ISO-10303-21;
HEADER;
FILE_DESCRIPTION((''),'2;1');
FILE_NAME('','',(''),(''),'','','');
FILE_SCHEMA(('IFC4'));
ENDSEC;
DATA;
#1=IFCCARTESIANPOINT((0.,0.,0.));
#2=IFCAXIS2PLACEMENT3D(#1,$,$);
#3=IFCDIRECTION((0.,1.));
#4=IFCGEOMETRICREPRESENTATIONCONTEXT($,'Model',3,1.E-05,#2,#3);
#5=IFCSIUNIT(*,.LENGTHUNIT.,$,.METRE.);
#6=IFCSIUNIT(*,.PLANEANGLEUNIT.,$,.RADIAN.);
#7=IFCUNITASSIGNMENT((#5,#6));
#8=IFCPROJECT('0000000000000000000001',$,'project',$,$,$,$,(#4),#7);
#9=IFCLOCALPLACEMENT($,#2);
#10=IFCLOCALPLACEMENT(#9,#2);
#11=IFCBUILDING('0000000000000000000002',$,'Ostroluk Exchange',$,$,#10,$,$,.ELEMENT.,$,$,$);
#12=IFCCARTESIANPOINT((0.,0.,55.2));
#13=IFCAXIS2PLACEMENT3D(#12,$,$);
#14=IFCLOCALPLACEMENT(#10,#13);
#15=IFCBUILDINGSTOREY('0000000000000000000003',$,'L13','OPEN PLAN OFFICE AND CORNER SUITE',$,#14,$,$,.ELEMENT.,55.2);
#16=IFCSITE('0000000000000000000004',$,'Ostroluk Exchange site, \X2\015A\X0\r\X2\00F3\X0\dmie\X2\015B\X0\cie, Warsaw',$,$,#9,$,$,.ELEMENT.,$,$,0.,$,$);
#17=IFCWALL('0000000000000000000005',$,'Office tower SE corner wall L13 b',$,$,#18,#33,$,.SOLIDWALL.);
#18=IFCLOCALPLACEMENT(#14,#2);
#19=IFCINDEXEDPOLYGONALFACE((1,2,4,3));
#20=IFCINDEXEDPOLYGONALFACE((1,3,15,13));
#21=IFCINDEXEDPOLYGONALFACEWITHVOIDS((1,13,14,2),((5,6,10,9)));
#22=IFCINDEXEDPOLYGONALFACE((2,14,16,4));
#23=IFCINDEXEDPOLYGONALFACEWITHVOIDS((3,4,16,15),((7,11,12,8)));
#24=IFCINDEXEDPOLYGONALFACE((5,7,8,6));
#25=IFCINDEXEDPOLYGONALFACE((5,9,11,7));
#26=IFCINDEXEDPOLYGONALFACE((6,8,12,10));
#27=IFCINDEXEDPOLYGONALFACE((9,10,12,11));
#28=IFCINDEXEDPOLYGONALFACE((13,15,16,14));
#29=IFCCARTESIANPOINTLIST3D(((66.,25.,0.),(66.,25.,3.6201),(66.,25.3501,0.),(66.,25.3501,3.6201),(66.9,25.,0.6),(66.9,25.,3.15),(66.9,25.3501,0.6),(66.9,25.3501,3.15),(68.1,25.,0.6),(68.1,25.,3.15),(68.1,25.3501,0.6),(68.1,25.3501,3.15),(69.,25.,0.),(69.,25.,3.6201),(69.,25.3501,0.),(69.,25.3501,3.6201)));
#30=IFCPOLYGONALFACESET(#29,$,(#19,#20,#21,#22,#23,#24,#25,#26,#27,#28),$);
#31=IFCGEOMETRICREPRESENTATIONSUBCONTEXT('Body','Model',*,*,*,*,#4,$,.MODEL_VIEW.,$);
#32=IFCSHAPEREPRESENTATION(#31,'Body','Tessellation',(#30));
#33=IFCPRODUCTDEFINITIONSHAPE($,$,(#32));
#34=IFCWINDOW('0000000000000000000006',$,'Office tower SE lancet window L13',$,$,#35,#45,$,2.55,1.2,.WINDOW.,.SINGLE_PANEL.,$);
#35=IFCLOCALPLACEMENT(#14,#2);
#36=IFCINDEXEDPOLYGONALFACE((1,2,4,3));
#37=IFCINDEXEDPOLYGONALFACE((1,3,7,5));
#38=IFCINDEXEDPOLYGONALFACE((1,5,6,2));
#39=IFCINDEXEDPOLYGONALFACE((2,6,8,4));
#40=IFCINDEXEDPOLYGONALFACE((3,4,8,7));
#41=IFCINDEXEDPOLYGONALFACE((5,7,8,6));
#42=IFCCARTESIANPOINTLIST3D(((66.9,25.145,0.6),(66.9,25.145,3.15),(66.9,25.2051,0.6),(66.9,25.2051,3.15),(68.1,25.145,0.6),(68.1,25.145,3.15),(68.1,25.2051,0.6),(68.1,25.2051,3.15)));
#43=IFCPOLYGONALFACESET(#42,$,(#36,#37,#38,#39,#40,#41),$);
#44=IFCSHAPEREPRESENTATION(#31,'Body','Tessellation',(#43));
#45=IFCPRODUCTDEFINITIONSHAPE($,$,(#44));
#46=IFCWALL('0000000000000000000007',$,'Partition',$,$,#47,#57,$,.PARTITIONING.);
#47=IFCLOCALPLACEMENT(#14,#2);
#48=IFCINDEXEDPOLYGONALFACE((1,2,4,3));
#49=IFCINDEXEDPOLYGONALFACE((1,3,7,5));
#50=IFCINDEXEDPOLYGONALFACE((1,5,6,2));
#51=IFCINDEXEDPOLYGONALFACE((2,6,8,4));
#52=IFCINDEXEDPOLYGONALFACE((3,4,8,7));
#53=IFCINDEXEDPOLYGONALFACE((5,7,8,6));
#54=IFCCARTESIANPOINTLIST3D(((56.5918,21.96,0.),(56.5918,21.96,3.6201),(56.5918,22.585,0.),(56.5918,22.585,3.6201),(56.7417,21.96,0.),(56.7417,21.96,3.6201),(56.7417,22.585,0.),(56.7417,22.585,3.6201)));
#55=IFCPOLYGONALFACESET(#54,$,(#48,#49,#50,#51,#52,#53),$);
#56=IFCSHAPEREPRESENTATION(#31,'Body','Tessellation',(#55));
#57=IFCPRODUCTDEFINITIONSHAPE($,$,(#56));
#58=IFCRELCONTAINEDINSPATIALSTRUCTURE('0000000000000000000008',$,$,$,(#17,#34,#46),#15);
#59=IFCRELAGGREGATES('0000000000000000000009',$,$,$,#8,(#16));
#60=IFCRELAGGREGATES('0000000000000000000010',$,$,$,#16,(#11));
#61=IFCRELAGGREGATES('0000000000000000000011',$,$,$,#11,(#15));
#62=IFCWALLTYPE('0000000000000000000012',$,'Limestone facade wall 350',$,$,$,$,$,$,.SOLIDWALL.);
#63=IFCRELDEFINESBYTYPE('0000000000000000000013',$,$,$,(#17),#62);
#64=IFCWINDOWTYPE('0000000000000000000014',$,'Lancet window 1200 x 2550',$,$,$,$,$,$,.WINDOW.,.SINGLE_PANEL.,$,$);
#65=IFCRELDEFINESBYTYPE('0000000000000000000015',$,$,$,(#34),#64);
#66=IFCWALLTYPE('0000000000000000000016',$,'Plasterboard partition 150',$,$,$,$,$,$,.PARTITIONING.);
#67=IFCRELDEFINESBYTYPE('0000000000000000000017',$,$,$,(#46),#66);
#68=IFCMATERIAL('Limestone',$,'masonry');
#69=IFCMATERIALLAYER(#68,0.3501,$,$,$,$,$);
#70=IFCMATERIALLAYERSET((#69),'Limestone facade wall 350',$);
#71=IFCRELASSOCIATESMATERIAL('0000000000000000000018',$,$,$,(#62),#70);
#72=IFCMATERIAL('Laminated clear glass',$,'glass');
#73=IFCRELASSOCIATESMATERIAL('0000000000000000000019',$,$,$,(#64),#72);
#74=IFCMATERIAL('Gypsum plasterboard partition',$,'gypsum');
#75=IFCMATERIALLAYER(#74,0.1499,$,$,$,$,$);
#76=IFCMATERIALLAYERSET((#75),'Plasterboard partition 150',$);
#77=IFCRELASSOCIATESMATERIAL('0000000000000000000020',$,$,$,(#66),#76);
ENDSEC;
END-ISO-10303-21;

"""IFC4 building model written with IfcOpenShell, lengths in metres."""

from ifc_helpers import new_model, si_unit, direction, frame, frame_2d, origin, place, context, subcontext, project, spatial, rectangle, extrude, material, layer, layer_set, type_object, element, fill, save


model = new_model("IFC4")

# Units and contexts
model_context = context("Model", 3, precision=1e-05, world=origin(), true_north=direction((0.0, 1.0)))
body_context = subcontext(model_context, "Body", "Model", "MODEL_VIEW")
ifc_project = project(units=[si_unit("LENGTHUNIT", "METRE"), si_unit("PLANEANGLEUNIT", "RADIAN")], contexts=[model_context])

# Site, building, storey
site_placement = place(None, origin())
site = spatial("IfcSite", under=ifc_project, at=site_placement, Name="Ostroluk Exchange site, Śródmieście, Warsaw", CompositionType="ELEMENT", RefElevation=0.0)
building_placement = place(site_placement, origin())
building = spatial("IfcBuilding", under=site, at=building_placement, Name="Ostroluk Exchange", CompositionType="ELEMENT")
storey_placement = place(building_placement, frame((0.0, 0.0, 55.2)))
storey = spatial("IfcBuildingStorey", under=building, at=storey_placement, Name="L13", Description="OPEN PLAN OFFICE AND CORNER SUITE", CompositionType="ELEMENT", Elevation=55.2)

# Shared definitions
ifc_material_1 = material(Name="Limestone", Category="masonry")
ifc_layer_1 = layer(ifc_material_1, 0.3501)
ifc_layer_set_1 = layer_set([ifc_layer_1], Name="Limestone facade wall 350")
wall_type_1 = type_object("IfcWallType", Name="Limestone facade wall 350", PredefinedType="SOLIDWALL", material=ifc_layer_set_1)

# Wall, opening, window
wall_1_placement = place(storey_placement, frame((66.0, 25.175, 0.0), z_axis=(0.0, 0.0, 1.0), x_axis=(1.0, 0.0, 0.0)))
wall_1 = element("IfcWall", 1, at=wall_1_placement, inside=storey, type_object=wall_type_1, Name="Office tower SE corner wall L13 b", PredefinedType="SOLIDWALL", context=body_context, shape_type="SweptSolid", body=[
    extrude(rectangle(XDim=3.0, YDim=0.3501, at=frame_2d((1.5, 0.0))), origin(), (0.0, 0.0, 1.0), 3.6201),
])
opening_1_placement = place(wall_1_placement, frame((0.8999, 0.0, 0.6001)))
opening_1 = element("IfcOpeningElement", 2, at=opening_1_placement, cuts=wall_1, PredefinedType="OPENING", context=body_context, shape_type="SweptSolid", body=[
    extrude(rectangle(XDim=1.2, YDim=2.55, at=frame_2d((0.6001, 1.2749))), frame((0.0, 0.1851, 0.0), z_axis=(0.0, -1.0, 0.0), x_axis=(1.0, 0.0, 0.0)), (0.0, 0.0, 1.0), 0.3701),
])
ifc_material_2 = material(Name="Laminated clear glass", Category="glass")
window_type = type_object("IfcWindowType", Name="Lancet window 1200 x 2550", PartitioningType="SINGLE_PANEL", PredefinedType="WINDOW", material=ifc_material_2)
window_placement = place(opening_1_placement, origin())
window = element("IfcWindow", 3, at=window_placement, inside=storey, type_object=window_type, Name="Office tower SE lancet window L13", OverallHeight=2.55, OverallWidth=1.2, PartitioningType="SINGLE_PANEL", PredefinedType="WINDOW", context=body_context, shape_type="SweptSolid", body=[
    extrude(rectangle(XDim=1.2, YDim=2.55, at=frame_2d((0.6001, 1.2749))), frame((0.0, 0.03, 0.0), z_axis=(0.0, -1.0, 0.0), x_axis=(1.0, 0.0, 0.0)), (0.0, 0.0, 1.0), 0.0601),
])
fill(opening_1, window)

# Wall
ifc_material_3 = material(Name="Gypsum plasterboard partition", Category="gypsum")
ifc_layer_2 = layer(ifc_material_3, 0.1499)
ifc_layer_set_2 = layer_set([ifc_layer_2], Name="Plasterboard partition 150")
wall_type_2 = type_object("IfcWallType", Name="Plasterboard partition 150", PredefinedType="PARTITIONING", material=ifc_layer_set_2)
wall_2_placement = place(storey_placement, frame((56.6667, 22.585, 0.0), z_axis=(0.0, 0.0, 1.0), x_axis=(0.0, -1.0, 0.0)))
element("IfcWall", 4, at=wall_2_placement, inside=storey, type_object=wall_type_2, Name="Partition", PredefinedType="PARTITIONING", context=body_context, shape_type="SweptSolid", body=[
    extrude(rectangle(XDim=0.625, YDim=0.1499, at=frame_2d((0.3125, 0.0))), origin(), (0.0, 0.0, 1.0), 3.6201),
])

save(model, "model.ifc")
